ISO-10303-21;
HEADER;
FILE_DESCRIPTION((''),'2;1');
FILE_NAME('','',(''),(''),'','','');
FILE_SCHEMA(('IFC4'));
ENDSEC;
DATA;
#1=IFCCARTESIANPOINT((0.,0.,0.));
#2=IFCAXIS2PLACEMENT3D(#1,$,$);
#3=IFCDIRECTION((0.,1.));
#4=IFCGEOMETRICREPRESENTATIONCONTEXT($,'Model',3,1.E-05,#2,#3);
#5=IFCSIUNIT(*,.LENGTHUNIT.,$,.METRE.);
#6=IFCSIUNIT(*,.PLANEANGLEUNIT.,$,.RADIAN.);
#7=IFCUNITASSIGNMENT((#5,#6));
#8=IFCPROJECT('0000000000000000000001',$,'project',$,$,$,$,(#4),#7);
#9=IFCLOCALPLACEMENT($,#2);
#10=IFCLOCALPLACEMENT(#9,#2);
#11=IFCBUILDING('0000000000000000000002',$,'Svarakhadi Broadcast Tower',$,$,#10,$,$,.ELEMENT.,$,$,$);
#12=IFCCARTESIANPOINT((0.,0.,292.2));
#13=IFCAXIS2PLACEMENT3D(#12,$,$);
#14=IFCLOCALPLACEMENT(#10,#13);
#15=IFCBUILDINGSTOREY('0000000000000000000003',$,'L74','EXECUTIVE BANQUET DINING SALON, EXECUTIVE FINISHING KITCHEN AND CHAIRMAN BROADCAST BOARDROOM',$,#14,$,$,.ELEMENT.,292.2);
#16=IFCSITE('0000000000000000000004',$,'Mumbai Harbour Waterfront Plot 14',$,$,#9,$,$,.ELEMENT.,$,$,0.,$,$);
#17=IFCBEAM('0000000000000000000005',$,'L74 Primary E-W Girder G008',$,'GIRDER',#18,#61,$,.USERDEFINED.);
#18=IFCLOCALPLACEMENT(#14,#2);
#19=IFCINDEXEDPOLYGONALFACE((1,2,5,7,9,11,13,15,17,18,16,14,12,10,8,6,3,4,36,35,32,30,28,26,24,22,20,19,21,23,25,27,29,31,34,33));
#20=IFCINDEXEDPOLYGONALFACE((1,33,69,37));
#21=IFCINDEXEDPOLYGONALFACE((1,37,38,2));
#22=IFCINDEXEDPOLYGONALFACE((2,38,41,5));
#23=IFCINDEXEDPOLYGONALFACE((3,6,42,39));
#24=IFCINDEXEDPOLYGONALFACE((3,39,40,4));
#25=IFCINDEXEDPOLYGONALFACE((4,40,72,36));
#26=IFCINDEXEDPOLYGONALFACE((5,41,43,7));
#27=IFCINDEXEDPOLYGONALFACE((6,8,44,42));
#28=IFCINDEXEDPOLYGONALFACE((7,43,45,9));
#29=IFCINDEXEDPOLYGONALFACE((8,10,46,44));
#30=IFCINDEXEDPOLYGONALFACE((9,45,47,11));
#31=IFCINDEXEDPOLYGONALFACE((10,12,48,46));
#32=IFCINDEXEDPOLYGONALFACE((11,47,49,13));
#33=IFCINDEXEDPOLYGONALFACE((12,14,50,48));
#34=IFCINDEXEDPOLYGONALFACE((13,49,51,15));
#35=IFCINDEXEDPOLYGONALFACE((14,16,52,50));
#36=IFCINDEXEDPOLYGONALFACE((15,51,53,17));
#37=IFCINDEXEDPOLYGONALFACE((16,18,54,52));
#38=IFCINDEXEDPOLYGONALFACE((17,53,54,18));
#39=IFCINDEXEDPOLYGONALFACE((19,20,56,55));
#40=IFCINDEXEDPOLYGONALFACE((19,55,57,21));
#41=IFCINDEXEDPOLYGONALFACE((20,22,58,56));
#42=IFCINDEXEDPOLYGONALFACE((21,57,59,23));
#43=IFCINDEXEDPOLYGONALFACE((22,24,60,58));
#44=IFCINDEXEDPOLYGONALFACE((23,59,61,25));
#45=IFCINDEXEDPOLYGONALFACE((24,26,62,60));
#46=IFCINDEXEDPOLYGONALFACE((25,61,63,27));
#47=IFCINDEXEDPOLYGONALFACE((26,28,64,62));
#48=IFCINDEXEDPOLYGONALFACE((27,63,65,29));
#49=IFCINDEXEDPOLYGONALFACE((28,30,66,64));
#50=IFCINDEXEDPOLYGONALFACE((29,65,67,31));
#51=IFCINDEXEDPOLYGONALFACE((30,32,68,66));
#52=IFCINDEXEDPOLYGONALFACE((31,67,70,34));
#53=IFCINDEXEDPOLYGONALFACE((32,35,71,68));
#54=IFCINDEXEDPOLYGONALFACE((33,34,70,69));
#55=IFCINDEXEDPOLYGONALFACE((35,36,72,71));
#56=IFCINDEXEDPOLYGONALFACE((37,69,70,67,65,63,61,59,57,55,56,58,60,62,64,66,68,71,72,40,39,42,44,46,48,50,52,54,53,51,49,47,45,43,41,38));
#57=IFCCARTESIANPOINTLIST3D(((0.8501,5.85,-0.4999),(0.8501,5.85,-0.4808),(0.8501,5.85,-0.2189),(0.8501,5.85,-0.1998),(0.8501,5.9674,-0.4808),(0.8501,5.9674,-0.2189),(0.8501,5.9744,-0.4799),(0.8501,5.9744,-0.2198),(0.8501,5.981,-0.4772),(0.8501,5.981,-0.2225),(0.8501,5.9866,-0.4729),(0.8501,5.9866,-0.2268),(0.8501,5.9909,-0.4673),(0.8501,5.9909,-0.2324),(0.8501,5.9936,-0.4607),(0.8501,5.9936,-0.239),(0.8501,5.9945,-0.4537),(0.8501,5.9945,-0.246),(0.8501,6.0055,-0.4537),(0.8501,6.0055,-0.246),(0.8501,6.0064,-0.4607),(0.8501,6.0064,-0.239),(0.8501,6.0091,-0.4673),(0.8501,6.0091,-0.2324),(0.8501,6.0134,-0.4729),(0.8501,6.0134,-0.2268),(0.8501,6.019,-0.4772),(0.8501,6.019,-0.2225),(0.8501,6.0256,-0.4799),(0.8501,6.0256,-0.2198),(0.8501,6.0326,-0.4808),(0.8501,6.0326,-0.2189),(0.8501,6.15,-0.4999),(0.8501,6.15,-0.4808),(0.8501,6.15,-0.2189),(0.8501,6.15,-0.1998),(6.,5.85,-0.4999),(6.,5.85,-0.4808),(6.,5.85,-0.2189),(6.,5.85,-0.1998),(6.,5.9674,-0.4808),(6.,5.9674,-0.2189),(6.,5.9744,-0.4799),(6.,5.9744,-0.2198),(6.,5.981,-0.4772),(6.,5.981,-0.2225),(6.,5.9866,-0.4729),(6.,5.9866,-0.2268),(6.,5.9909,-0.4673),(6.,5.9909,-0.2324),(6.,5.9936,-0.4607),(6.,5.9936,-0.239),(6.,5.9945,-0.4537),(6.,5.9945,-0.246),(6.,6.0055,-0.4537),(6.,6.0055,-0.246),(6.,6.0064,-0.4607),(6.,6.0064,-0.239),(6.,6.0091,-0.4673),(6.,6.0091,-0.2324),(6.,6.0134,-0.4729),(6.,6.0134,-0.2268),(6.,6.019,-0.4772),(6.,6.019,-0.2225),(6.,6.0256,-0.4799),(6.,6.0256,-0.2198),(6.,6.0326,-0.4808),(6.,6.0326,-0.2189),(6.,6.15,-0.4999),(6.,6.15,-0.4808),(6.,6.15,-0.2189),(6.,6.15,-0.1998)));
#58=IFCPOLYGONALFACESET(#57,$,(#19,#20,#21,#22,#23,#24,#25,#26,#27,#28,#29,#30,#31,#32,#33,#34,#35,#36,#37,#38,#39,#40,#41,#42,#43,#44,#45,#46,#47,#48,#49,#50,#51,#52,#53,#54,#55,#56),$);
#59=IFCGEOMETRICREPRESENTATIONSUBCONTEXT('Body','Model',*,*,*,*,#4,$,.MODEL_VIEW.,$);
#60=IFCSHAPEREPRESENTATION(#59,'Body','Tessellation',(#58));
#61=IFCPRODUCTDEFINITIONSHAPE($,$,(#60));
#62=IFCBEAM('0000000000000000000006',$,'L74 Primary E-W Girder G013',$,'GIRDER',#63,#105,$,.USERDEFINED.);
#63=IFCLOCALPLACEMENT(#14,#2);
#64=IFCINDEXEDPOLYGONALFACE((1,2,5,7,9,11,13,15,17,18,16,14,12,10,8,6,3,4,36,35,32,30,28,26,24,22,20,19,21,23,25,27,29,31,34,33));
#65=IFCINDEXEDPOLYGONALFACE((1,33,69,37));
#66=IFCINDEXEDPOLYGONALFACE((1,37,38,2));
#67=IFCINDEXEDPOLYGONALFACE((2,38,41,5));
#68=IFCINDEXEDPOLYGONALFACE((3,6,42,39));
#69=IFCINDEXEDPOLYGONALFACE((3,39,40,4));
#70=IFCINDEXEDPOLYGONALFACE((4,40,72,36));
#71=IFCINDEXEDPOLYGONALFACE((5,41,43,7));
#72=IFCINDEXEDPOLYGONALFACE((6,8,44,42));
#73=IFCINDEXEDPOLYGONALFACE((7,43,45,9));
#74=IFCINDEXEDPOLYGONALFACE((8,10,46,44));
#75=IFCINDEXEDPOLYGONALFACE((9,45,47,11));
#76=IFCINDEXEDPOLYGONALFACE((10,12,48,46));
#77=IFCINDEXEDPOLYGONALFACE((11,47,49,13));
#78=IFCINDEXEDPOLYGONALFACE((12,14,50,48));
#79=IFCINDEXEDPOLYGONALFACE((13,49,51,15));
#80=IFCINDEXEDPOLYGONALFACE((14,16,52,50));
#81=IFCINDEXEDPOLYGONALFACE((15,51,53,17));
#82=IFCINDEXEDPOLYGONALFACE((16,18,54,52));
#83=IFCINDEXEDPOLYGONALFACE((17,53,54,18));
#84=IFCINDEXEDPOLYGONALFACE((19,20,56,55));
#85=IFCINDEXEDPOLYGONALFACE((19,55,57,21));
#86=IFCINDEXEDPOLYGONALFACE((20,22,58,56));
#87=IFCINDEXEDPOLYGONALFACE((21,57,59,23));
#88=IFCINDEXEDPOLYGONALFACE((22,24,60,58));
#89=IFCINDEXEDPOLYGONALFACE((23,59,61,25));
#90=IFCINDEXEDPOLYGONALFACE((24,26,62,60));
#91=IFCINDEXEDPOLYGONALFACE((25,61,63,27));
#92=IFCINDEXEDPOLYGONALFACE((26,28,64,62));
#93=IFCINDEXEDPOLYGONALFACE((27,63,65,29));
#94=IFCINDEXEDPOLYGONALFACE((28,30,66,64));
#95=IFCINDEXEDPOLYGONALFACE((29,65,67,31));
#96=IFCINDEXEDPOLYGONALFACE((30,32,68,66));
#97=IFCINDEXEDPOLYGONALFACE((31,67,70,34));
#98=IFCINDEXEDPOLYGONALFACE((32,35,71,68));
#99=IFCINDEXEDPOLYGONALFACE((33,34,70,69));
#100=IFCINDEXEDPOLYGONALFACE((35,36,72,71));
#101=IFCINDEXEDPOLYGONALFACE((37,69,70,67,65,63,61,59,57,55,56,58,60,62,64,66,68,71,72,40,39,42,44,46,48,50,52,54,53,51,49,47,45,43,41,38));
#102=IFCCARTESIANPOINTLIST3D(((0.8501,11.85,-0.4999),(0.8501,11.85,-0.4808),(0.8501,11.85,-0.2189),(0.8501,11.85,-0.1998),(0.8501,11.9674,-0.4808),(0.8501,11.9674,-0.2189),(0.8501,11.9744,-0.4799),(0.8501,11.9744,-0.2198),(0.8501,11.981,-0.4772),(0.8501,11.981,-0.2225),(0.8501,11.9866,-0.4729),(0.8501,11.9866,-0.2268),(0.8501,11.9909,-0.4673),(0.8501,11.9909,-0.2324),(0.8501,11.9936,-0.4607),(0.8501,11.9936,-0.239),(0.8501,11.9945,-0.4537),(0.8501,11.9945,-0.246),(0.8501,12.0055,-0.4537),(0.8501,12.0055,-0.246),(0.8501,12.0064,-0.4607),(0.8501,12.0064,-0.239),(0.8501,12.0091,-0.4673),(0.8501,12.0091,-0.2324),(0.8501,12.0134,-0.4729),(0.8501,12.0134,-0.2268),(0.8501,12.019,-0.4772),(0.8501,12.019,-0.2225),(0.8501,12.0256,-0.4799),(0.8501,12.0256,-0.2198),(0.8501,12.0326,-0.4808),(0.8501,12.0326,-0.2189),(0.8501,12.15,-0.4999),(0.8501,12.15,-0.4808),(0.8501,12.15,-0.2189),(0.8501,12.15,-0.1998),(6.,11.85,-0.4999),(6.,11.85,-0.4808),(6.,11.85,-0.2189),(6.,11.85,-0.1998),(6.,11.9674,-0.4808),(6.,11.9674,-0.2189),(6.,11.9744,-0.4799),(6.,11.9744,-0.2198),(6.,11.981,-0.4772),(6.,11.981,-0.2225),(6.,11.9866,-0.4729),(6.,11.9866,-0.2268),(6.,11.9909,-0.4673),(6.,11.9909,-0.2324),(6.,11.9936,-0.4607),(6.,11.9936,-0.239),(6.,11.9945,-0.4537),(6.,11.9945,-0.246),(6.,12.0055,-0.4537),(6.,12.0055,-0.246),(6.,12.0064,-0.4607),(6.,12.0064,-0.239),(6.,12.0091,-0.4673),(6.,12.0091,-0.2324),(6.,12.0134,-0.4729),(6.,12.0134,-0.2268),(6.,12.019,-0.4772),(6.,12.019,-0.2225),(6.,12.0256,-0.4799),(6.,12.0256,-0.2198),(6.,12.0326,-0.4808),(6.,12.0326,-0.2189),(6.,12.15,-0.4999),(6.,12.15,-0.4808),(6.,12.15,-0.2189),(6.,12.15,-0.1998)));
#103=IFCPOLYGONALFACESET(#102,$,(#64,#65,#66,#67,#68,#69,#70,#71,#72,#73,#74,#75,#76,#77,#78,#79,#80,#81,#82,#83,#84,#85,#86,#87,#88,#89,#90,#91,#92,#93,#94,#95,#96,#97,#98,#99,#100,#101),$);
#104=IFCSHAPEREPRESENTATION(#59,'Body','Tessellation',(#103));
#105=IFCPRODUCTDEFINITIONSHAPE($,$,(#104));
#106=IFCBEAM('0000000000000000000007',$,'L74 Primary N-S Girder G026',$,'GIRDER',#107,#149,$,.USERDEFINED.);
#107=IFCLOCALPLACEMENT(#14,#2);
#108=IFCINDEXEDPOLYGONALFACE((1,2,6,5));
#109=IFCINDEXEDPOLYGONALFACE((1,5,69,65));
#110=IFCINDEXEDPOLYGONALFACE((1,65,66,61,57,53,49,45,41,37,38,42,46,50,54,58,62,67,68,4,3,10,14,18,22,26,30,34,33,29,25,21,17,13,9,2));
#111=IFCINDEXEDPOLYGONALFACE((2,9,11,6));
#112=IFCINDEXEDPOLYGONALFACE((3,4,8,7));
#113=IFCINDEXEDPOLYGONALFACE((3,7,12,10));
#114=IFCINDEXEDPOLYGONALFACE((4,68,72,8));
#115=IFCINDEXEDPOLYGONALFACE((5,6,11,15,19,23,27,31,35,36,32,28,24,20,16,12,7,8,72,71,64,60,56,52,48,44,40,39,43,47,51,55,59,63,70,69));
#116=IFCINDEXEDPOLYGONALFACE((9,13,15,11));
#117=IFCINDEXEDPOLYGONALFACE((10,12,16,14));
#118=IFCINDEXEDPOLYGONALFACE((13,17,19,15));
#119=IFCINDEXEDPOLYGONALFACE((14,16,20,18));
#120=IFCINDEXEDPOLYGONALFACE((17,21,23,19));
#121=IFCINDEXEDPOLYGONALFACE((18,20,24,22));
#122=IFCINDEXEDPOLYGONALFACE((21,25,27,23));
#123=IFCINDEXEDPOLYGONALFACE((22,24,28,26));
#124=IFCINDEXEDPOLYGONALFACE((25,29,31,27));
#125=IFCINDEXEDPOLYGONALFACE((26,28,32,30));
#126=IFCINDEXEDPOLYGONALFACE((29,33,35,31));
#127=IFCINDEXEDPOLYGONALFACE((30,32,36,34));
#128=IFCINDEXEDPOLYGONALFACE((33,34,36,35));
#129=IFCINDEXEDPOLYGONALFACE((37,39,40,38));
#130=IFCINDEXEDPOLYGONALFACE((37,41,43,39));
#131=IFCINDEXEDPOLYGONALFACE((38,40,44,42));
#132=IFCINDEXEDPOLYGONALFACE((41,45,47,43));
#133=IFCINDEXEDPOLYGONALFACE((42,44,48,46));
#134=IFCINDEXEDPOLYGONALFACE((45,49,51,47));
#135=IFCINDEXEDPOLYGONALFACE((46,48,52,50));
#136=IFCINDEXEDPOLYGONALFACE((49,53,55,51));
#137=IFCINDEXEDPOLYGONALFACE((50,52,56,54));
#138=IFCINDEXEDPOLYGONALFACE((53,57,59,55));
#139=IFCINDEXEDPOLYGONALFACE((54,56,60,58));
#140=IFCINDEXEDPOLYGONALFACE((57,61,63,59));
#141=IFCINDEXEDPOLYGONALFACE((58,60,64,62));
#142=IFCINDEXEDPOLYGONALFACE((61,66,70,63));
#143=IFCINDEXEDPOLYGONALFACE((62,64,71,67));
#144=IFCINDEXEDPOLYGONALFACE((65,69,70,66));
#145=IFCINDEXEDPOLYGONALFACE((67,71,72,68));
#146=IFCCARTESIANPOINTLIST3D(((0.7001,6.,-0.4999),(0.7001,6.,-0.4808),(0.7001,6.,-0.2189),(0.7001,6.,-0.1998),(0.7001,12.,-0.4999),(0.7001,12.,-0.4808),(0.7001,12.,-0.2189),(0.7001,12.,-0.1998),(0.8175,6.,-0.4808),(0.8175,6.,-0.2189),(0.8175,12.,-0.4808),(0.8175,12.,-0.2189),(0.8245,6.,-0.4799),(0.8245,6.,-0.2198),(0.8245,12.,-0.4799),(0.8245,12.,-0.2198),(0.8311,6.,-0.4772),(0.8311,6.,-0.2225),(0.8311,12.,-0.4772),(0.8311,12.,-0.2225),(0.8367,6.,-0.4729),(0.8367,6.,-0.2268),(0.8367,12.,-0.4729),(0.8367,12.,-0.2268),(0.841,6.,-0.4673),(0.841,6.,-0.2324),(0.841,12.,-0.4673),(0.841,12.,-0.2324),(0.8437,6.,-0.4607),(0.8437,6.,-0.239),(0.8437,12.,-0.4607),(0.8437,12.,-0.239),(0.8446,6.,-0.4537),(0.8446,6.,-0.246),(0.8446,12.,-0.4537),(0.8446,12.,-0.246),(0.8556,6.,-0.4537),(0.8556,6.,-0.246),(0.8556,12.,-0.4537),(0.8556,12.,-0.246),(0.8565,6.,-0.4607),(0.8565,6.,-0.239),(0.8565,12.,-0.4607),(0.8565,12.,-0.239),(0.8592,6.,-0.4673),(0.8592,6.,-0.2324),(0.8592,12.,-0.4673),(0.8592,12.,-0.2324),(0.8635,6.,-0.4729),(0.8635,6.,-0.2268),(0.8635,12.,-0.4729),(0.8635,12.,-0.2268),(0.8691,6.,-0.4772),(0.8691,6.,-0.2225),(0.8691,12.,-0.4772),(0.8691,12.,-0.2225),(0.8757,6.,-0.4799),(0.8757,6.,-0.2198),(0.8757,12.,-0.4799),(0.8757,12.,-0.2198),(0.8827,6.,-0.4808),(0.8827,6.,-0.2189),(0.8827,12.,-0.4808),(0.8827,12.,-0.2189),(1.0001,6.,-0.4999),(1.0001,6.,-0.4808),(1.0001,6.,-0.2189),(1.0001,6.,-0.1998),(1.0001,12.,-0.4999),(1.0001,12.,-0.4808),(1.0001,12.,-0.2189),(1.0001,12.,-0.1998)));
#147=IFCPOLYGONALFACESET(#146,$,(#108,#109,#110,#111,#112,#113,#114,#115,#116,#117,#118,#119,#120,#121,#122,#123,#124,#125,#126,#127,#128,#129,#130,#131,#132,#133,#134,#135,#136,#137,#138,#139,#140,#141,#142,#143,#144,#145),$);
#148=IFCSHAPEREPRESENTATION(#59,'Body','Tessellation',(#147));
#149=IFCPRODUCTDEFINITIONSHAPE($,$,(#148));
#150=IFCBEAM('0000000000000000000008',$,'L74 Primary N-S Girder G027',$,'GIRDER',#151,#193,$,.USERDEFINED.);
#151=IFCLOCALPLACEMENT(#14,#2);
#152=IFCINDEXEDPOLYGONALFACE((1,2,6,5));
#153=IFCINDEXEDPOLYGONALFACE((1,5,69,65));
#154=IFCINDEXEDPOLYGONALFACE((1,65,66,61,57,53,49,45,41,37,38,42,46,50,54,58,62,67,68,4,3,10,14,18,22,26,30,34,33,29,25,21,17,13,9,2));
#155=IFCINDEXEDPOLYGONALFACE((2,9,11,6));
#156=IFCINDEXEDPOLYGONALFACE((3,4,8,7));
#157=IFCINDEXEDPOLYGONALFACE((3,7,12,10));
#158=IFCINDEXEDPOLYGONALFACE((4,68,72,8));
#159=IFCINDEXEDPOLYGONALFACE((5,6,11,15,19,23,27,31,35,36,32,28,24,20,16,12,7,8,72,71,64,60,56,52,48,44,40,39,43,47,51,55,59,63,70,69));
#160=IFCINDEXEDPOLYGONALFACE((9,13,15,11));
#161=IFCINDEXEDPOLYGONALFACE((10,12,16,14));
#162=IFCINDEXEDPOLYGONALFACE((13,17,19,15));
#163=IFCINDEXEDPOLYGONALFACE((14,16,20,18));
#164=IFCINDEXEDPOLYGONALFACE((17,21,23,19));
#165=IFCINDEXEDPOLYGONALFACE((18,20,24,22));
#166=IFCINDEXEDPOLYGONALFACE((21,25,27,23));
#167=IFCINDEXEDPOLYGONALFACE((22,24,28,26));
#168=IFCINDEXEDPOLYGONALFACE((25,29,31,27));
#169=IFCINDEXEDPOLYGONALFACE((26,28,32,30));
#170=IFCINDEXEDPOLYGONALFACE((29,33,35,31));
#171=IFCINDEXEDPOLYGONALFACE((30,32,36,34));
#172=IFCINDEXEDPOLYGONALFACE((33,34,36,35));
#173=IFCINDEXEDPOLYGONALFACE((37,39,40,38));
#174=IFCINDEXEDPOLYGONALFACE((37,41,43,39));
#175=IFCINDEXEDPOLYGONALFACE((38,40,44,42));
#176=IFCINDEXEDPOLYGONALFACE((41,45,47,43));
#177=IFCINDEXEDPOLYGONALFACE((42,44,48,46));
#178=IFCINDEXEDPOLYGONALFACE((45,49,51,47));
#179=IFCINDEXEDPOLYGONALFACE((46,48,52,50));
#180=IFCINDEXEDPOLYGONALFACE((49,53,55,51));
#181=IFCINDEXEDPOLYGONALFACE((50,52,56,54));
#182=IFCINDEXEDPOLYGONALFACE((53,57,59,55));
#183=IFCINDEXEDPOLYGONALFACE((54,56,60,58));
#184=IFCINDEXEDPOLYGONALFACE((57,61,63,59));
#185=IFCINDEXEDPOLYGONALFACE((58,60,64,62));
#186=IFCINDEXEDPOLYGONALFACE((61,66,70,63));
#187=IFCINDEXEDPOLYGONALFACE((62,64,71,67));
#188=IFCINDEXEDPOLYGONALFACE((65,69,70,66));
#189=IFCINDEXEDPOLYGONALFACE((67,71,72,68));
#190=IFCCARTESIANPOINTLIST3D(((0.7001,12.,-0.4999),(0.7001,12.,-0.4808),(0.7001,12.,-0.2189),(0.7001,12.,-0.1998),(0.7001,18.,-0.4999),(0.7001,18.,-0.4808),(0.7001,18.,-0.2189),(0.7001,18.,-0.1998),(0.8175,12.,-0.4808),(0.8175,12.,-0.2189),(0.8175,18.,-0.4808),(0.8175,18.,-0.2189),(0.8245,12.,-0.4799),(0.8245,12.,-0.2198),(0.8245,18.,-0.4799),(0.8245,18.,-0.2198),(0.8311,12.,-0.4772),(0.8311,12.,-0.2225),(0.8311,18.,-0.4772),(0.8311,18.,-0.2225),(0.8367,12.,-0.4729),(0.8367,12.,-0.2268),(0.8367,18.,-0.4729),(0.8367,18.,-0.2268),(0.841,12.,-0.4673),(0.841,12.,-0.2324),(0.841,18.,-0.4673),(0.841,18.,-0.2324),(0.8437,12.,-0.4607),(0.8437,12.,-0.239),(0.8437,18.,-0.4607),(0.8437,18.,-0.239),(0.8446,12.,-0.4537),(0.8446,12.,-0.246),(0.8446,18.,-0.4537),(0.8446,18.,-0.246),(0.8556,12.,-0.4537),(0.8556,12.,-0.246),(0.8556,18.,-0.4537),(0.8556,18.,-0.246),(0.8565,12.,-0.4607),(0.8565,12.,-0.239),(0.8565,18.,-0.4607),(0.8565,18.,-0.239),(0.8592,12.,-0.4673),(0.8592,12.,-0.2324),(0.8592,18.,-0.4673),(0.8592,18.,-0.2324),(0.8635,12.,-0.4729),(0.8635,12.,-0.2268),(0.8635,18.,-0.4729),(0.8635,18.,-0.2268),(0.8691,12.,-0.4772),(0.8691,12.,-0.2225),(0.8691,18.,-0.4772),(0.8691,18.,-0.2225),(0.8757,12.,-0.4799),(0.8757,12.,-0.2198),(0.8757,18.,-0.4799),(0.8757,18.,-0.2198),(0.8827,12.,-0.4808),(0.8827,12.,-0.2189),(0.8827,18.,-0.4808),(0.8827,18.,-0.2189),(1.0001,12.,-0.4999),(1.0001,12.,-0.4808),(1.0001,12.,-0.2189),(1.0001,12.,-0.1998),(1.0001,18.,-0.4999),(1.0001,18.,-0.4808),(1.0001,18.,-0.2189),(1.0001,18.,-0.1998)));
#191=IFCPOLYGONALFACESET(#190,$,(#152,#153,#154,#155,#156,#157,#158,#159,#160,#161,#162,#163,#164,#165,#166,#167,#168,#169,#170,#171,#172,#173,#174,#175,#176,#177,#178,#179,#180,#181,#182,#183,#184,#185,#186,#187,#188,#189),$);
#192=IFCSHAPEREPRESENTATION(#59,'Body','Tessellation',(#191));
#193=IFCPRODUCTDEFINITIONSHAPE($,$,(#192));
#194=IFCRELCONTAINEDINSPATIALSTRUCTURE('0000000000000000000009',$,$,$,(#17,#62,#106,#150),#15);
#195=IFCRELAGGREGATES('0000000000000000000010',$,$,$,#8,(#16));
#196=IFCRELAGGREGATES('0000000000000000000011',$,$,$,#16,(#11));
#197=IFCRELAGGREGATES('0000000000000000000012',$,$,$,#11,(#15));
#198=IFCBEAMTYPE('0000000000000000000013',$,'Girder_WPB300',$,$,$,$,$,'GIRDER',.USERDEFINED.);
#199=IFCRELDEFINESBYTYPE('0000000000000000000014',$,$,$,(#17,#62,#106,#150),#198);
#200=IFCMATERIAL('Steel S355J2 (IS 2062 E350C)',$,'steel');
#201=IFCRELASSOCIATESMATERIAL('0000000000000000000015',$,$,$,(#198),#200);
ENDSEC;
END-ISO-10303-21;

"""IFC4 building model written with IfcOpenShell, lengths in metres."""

from ifc_helpers import new_model, si_unit, direction, frame, origin, origin_2d, place, context, subcontext, project, spatial, i_section, extrude, material, material_profile, profile_set, type_object, element, save


model = new_model("IFC4")

# Units and contexts
model_context = context("Model", 3, precision=1e-05, world=origin(), true_north=direction((0.0, 1.0)))
body_context = subcontext(model_context, "Body", "Model", "MODEL_VIEW")
ifc_project = project(units=[si_unit("LENGTHUNIT", "METRE"), si_unit("PLANEANGLEUNIT", "RADIAN")], contexts=[model_context])

# Site, building, storey
site_placement = place(None, origin())
site = spatial("IfcSite", under=ifc_project, at=site_placement, Name="Mumbai Harbour Waterfront Plot 14", CompositionType="ELEMENT", RefElevation=0.0)
building_placement = place(site_placement, origin())
building = spatial("IfcBuilding", under=site, at=building_placement, Name="Svarakhadi Broadcast Tower", CompositionType="ELEMENT")
storey_placement = place(building_placement, frame((0.0, 0.0, 292.2)))
storey = spatial("IfcBuildingStorey", under=building, at=storey_placement, Name="L74", Description="EXECUTIVE BANQUET DINING SALON, EXECUTIVE FINISHING KITCHEN AND CHAIRMAN BROADCAST BOARDROOM", CompositionType="ELEMENT", Elevation=292.2)

# Shared definitions
ifc_material_1 = material(Name="Steel S355J2 (IS 2062 E350C)", Category="steel")

# Beams
ifc_material_profile_1 = material_profile(ifc_material_1, i_section(OverallWidth=0.3, OverallDepth=0.3, WebThickness=0.011, FlangeThickness=0.019, FilletRadius=0.0271, at=origin_2d()), Name="WPB 300x300x117")
ifc_profile_set_1 = profile_set([ifc_material_profile_1], Name="Steel S355J2 (IS 2062 E350C)")
beam_type_1 = type_object("IfcBeamType", Name="Girder_WPB300", ElementType="GIRDER", PredefinedType="USERDEFINED", material=ifc_profile_set_1)
for number, where, z_axis, x_axis, name in (
    (1, (0.8501, 6.0, -0.3499), (1.0, 0.0, 0.0), (0.0, 1.0, 0.0), "L74 Primary E-W Girder G008"),
    (2, (0.8501, 12.0, -0.3499), (1.0, 0.0, 0.0), (0.0, 1.0, 0.0), "L74 Primary E-W Girder G013"),
):
    element("IfcBeam", number, at=place(storey_placement, frame(where, z_axis=z_axis, x_axis=x_axis)), inside=storey, type_object=beam_type_1, Name=name, ObjectType="GIRDER", PredefinedType="USERDEFINED", context=body_context, shape_type="SweptSolid", body=[
        extrude(i_section(OverallWidth=0.3, OverallDepth=0.3, WebThickness=0.011, FlangeThickness=0.019, FilletRadius=0.0271, at=origin_2d()), origin(), (0.0, 0.0, 1.0), 5.1499),
    ])
for number, where, z_axis, x_axis, name in (
    (3, (0.8501, 6.0, -0.3499), (0.0, 1.0, 0.0), (-1.0, 0.0, 0.0), "L74 Primary N-S Girder G026"),
    (4, (0.8501, 12.0, -0.3499), (0.0, 1.0, 0.0), (-1.0, 0.0, 0.0), "L74 Primary N-S Girder G027"),
):
    element("IfcBeam", number, at=place(storey_placement, frame(where, z_axis=z_axis, x_axis=x_axis)), inside=storey, type_object=beam_type_1, Name=name, ObjectType="GIRDER", PredefinedType="USERDEFINED", context=body_context, shape_type="SweptSolid", body=[
        extrude(i_section(OverallWidth=0.3, OverallDepth=0.3, WebThickness=0.011, FlangeThickness=0.019, FilletRadius=0.0271, at=origin_2d()), origin(), (0.0, 0.0, 1.0), 6.0),
    ])

save(model, "model.ifc")
